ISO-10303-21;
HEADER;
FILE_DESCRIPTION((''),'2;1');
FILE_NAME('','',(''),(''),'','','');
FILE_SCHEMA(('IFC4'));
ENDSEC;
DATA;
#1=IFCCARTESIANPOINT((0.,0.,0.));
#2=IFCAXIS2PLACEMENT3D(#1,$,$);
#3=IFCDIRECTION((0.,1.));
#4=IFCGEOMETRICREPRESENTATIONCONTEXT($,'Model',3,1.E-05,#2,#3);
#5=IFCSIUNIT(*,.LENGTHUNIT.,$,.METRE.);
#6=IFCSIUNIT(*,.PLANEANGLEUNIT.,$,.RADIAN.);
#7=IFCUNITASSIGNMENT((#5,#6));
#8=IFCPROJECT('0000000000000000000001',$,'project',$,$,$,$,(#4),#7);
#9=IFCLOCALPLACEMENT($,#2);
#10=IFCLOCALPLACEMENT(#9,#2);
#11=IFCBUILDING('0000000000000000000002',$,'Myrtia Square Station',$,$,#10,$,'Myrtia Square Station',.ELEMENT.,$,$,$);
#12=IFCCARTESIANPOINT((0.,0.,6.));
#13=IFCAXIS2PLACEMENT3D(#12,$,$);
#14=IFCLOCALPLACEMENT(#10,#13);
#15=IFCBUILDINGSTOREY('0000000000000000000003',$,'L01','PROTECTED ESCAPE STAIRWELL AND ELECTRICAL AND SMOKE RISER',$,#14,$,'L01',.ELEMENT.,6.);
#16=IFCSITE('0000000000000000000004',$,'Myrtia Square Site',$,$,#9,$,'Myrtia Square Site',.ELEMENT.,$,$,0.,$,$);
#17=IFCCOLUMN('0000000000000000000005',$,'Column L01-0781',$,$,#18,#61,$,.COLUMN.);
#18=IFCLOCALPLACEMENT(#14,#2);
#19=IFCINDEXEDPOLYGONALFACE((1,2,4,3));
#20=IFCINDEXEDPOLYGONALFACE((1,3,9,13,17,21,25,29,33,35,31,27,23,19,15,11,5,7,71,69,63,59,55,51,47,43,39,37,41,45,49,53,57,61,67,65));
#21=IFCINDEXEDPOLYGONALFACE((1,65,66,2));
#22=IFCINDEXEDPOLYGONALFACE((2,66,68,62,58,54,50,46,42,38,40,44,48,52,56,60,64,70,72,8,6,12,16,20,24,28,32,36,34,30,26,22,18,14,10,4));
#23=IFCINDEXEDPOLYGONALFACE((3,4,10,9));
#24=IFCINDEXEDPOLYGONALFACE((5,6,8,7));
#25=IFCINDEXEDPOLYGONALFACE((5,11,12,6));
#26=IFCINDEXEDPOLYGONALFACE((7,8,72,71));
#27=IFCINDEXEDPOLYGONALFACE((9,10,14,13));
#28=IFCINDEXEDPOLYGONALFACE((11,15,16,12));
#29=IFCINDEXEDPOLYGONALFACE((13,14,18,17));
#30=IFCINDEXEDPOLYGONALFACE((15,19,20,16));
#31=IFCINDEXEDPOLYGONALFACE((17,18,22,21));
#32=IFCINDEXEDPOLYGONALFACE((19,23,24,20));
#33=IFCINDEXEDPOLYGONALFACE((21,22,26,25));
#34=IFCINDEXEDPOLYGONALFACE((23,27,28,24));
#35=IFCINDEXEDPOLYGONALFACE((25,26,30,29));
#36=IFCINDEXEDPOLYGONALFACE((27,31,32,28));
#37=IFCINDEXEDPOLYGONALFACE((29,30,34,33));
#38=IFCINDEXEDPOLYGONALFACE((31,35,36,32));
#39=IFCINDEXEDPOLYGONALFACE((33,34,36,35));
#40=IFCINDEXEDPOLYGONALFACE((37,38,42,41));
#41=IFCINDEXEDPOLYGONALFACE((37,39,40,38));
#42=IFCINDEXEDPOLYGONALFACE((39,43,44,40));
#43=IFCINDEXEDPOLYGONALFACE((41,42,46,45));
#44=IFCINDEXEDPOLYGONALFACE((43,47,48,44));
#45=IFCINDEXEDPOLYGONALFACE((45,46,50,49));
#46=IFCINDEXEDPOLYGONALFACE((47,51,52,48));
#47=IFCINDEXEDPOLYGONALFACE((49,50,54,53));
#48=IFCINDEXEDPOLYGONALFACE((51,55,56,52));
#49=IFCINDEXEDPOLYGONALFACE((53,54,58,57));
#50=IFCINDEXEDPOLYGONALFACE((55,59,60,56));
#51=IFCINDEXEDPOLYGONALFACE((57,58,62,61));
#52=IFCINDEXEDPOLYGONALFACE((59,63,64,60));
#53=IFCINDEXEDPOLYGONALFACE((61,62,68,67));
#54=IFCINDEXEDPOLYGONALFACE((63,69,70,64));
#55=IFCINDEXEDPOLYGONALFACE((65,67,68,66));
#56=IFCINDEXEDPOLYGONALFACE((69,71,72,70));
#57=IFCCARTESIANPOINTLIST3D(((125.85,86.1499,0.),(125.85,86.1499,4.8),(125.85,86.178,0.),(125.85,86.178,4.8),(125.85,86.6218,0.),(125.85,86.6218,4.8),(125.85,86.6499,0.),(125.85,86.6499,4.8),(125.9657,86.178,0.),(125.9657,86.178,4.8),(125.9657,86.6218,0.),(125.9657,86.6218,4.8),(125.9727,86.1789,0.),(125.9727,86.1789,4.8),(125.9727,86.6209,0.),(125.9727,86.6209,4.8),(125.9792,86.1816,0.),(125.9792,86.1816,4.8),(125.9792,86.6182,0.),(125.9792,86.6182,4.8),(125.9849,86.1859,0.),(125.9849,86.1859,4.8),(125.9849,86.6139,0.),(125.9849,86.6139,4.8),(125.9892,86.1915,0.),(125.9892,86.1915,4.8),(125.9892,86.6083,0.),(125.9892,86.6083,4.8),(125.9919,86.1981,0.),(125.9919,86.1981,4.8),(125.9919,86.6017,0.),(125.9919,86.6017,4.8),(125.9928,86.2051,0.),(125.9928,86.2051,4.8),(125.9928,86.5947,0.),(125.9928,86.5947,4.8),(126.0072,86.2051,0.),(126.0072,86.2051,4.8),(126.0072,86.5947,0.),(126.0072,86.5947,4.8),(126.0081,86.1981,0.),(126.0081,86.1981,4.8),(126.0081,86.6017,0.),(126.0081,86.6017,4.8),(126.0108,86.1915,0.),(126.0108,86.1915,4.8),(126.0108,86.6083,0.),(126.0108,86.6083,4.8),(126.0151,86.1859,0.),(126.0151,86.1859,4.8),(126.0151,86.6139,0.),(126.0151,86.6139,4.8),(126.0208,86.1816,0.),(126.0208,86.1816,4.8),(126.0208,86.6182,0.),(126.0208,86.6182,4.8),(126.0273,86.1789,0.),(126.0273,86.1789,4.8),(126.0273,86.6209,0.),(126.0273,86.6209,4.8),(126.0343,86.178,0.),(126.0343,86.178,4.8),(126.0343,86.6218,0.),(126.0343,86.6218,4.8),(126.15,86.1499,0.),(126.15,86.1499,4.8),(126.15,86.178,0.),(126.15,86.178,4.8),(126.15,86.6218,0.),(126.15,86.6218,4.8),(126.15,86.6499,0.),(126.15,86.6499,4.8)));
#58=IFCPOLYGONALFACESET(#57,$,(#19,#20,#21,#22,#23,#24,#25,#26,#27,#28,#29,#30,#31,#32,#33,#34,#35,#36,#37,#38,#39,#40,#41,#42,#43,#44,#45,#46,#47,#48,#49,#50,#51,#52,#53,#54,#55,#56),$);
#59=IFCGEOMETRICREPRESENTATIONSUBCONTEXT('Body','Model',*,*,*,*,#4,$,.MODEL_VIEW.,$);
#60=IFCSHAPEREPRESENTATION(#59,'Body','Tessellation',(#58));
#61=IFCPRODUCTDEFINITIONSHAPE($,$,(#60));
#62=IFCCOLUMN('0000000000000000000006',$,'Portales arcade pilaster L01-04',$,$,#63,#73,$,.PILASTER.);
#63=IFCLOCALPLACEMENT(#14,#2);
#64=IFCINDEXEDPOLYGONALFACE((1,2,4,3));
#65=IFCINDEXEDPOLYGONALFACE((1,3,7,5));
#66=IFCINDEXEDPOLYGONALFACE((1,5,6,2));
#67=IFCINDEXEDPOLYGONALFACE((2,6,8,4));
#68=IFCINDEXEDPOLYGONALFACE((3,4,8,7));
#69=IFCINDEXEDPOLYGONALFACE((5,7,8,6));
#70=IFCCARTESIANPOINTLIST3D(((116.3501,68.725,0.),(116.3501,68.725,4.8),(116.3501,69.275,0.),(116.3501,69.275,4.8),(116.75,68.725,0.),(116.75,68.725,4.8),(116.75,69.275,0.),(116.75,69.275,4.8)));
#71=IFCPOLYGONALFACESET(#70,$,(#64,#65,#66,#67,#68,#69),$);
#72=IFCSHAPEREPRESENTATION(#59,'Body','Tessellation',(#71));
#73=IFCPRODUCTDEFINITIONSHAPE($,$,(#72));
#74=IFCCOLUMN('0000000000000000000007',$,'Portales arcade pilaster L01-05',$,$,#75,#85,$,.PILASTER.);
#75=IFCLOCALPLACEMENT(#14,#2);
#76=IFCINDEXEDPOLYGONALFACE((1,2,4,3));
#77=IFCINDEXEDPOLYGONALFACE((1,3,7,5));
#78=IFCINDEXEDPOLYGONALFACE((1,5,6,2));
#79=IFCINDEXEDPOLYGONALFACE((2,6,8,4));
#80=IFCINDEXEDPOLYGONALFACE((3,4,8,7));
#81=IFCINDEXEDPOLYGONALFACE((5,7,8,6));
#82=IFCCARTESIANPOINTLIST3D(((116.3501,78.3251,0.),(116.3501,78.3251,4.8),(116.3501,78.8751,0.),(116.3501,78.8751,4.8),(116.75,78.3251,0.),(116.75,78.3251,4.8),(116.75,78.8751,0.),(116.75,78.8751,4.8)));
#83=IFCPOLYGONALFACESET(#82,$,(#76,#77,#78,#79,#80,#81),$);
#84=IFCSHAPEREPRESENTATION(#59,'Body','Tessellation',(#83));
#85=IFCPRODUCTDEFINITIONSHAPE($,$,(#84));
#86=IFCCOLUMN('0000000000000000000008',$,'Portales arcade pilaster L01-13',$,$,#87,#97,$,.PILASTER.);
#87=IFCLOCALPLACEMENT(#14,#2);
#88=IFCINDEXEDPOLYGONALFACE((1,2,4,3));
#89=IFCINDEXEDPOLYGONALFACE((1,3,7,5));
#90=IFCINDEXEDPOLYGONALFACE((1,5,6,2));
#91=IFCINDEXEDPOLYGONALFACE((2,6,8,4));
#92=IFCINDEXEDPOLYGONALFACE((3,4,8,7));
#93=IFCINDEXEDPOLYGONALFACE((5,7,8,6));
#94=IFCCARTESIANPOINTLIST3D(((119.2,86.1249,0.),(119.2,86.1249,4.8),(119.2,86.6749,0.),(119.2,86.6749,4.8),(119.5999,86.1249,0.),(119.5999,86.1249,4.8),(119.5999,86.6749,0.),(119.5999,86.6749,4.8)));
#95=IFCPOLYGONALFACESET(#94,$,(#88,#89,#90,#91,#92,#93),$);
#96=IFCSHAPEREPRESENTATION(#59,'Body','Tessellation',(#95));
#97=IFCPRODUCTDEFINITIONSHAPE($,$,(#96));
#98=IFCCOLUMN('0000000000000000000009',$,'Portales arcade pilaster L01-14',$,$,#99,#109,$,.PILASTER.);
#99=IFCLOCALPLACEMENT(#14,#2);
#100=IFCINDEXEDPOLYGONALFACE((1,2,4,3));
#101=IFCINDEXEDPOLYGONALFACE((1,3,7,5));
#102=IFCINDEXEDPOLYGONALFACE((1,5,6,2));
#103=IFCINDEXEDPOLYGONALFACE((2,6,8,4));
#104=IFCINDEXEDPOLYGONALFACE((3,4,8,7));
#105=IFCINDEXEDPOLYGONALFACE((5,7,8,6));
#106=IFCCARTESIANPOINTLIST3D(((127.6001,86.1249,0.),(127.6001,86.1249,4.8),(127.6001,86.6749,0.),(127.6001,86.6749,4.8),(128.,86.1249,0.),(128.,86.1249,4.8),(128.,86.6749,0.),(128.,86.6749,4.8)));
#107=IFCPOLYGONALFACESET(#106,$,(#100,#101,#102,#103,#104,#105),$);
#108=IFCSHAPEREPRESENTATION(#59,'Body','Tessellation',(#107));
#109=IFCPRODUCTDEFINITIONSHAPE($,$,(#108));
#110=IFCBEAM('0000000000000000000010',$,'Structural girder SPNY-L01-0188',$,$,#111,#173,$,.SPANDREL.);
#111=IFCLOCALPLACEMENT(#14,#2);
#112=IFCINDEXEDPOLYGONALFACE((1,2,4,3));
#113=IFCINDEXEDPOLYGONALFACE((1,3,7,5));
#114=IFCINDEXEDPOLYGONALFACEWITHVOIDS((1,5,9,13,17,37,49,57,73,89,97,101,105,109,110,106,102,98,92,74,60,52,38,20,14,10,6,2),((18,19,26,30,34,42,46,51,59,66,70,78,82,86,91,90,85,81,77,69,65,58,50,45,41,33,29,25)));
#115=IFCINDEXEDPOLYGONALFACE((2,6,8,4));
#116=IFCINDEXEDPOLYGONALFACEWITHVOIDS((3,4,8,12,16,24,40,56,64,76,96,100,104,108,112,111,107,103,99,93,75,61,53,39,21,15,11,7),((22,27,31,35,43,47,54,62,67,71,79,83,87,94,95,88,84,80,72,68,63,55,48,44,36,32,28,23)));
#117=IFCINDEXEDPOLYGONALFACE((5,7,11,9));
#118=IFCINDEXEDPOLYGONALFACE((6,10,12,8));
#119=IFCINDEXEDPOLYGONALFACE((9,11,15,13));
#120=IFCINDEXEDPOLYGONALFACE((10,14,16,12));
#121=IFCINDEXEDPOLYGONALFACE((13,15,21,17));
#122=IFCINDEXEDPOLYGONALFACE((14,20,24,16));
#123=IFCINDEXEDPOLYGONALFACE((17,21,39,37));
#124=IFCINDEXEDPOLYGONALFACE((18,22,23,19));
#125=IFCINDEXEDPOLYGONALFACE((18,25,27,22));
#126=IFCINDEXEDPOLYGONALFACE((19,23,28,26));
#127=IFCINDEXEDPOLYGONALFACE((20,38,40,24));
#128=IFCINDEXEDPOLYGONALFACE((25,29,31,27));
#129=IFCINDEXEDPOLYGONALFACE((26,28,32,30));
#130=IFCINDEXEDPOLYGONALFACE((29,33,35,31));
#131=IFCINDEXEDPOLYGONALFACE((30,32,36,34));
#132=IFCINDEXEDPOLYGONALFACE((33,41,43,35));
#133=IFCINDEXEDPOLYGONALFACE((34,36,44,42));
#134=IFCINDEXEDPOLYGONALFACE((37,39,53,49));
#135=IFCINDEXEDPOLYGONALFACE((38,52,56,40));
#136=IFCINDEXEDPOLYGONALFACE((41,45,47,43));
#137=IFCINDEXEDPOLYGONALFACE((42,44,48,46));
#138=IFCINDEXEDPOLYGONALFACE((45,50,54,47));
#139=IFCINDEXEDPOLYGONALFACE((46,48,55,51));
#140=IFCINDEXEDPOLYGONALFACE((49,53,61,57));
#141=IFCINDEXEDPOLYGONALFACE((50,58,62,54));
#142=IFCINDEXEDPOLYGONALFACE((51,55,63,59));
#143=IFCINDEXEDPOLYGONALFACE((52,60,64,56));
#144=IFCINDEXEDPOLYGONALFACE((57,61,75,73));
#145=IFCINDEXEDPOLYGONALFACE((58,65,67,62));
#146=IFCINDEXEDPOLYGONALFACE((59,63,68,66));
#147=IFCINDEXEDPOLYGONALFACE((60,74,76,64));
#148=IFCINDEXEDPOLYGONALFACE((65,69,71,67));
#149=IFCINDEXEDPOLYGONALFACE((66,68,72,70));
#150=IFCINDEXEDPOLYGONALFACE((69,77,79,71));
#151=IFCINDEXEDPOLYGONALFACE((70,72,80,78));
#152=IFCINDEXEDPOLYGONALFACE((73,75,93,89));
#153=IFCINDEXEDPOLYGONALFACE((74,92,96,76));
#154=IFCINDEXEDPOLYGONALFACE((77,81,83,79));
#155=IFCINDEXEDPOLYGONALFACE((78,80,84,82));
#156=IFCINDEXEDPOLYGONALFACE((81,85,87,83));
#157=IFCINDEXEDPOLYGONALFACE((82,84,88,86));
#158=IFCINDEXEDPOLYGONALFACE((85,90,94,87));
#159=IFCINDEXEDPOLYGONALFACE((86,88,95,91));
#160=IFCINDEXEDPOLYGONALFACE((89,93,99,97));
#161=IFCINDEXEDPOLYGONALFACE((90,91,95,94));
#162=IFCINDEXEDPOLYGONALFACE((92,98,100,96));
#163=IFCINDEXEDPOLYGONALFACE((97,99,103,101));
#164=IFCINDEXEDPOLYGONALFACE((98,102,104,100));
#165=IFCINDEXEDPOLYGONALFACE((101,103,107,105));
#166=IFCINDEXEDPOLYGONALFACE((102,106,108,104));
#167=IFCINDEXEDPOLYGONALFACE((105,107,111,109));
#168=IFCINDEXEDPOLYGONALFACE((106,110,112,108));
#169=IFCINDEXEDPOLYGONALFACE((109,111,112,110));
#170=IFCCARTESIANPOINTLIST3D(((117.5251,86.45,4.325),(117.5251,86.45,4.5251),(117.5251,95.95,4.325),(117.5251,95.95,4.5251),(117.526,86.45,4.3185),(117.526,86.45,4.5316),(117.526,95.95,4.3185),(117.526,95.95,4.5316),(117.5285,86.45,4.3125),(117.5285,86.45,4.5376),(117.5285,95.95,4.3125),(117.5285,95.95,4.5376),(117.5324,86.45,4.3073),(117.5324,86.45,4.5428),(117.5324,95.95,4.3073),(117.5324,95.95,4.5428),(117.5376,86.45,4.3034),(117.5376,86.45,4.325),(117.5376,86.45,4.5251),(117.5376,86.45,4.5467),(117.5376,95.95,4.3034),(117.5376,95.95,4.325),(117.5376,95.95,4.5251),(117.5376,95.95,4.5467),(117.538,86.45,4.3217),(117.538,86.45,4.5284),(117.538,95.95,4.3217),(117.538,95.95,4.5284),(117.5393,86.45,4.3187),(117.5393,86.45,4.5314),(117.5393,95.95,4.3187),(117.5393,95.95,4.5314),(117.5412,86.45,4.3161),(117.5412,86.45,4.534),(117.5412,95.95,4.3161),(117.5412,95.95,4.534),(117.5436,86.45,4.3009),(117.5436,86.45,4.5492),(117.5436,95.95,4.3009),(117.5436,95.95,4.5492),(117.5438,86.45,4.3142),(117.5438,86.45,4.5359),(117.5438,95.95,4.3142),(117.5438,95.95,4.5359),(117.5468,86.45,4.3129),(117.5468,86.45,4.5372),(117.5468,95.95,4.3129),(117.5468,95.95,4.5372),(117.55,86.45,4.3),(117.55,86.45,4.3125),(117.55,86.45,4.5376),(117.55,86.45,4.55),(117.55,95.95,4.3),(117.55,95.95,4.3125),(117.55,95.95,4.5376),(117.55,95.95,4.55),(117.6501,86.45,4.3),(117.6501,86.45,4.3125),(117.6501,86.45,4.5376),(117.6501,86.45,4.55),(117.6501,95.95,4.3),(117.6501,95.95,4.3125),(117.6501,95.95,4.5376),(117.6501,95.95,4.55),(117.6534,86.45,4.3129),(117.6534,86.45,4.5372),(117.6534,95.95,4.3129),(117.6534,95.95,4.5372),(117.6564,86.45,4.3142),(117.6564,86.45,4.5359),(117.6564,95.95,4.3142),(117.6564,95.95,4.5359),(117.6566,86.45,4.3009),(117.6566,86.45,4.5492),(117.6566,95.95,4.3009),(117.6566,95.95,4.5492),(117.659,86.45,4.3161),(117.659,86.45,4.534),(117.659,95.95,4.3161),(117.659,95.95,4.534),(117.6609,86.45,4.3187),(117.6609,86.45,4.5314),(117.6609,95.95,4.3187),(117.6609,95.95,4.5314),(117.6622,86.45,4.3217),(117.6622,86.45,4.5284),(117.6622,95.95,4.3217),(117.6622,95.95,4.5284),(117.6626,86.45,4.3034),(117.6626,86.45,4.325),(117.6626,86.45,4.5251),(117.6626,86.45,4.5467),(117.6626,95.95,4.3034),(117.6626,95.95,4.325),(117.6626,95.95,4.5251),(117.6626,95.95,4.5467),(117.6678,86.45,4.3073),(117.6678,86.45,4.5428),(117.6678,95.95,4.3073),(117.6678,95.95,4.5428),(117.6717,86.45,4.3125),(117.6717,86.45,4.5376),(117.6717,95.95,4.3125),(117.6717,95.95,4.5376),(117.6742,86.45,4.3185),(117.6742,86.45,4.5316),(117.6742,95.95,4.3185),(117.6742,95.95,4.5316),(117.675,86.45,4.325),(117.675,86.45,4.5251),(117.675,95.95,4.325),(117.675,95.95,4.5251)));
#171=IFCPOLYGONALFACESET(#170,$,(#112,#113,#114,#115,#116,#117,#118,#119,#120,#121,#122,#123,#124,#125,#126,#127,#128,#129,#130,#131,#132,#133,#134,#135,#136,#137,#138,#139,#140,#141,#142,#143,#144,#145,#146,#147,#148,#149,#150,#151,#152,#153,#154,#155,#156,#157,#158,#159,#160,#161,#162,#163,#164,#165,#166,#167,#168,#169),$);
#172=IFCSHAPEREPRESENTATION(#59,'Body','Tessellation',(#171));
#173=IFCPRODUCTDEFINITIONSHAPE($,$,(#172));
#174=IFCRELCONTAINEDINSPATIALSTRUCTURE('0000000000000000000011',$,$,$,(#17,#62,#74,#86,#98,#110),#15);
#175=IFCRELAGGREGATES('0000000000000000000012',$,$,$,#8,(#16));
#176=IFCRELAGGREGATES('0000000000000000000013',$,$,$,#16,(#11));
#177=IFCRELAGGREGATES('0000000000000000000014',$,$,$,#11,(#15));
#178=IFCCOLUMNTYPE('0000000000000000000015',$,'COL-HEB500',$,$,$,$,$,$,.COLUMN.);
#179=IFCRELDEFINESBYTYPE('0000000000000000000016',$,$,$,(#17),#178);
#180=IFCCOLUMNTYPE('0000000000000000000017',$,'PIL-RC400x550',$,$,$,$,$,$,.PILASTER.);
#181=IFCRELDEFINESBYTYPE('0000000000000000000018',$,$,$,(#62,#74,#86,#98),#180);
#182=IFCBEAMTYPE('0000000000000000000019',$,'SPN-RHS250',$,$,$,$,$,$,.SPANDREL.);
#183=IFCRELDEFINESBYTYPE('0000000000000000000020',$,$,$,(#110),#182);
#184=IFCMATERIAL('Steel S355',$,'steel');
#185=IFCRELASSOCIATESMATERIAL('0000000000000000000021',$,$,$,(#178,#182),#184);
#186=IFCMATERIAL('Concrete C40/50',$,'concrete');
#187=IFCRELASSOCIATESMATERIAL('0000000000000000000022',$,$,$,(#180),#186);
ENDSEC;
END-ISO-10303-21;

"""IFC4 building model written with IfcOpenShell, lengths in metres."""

from ifc_helpers import new_model, si_unit, direction, frame, origin, origin_2d, place, context, subcontext, project, spatial, rectangle, hollow_rectangle, i_section, extrude, material, material_profile, profile_set, type_object, element, save


model = new_model("IFC4")

# Units and contexts
model_context = context("Model", 3, precision=1e-05, world=origin(), true_north=direction((0.0, 1.0)))
body_context = subcontext(model_context, "Body", "Model", "MODEL_VIEW")
ifc_project = project(units=[si_unit("LENGTHUNIT", "METRE"), si_unit("PLANEANGLEUNIT", "RADIAN")], contexts=[model_context])

# Site, building, storey
site_placement = place(None, origin())
site = spatial("IfcSite", under=ifc_project, at=site_placement, Name="Myrtia Square Site", LongName="Myrtia Square Site", CompositionType="ELEMENT", RefElevation=0.0)
building_placement = place(site_placement, origin())
building = spatial("IfcBuilding", under=site, at=building_placement, Name="Myrtia Square Station", LongName="Myrtia Square Station", CompositionType="ELEMENT")
storey_placement = place(building_placement, frame((0.0, 0.0, 6.0)))
storey = spatial("IfcBuildingStorey", under=building, at=storey_placement, Name="L01", Description="PROTECTED ESCAPE STAIRWELL AND ELECTRICAL AND SMOKE RISER", LongName="L01", CompositionType="ELEMENT", Elevation=6.0)

# Columns
ifc_material_1 = material(Name="Steel S355", Category="steel")
ifc_material_profile_1 = material_profile(ifc_material_1, i_section(OverallWidth=0.3, OverallDepth=0.5, WebThickness=0.0144, FlangeThickness=0.0281, FilletRadius=0.0271, at=origin_2d()), Name="HEB 500")
ifc_profile_set_1 = profile_set([ifc_material_profile_1], Name="Steel S355")
column_type_1 = type_object("IfcColumnType", Name="COL-HEB500", PredefinedType="COLUMN", material=ifc_profile_set_1)
for number, where, z_axis, x_axis, name in (
    (1, (126.0, 86.3999, 0.0), (0.0, 0.0, 1.0), (1.0, 0.0, 0.0), "Column L01-0781"),
):
    element("IfcColumn", number, at=place(storey_placement, frame(where, z_axis=z_axis, x_axis=x_axis)), inside=storey, type_object=column_type_1, Name=name, PredefinedType="COLUMN", context=body_context, shape_type="SweptSolid", body=[
        extrude(i_section(OverallWidth=0.3, OverallDepth=0.5, WebThickness=0.0144, FlangeThickness=0.0281, FilletRadius=0.0271, at=origin_2d()), origin(), (0.0, 0.0, 1.0), 4.8),
    ])
ifc_material_2 = material(Name="Concrete C40/50", Category="concrete")
ifc_material_profile_2 = material_profile(ifc_material_2, rectangle(XDim=0.3999, YDim=0.55, at=origin_2d()), Name="PIL 400x550")
ifc_profile_set_2 = profile_set([ifc_material_profile_2], Name="Concrete C40/50")
column_type_2 = type_object("IfcColumnType", Name="PIL-RC400x550", PredefinedType="PILASTER", material=ifc_profile_set_2)
for number, where, z_axis, x_axis, name in (
    (2, (116.55, 69.0, 0.0), (0.0, 0.0, 1.0), (1.0, 0.0, 0.0), "Portales arcade pilaster L01-04"),
    (3, (116.55, 78.6001, 0.0), (0.0, 0.0, 1.0), (1.0, 0.0, 0.0), "Portales arcade pilaster L01-05"),
    (4, (119.3999, 86.3999, 0.0), (0.0, 0.0, 1.0), (1.0, 0.0, 0.0), "Portales arcade pilaster L01-13"),
    (5, (127.8, 86.3999, 0.0), (0.0, 0.0, 1.0), (1.0, 0.0, 0.0), "Portales arcade pilaster L01-14"),
):
    element("IfcColumn", number, at=place(storey_placement, frame(where, z_axis=z_axis, x_axis=x_axis)), inside=storey, type_object=column_type_2, Name=name, PredefinedType="PILASTER", context=body_context, shape_type="SweptSolid", body=[
        extrude(rectangle(XDim=0.3999, YDim=0.55, at=origin_2d()), origin(), (0.0, 0.0, 1.0), 4.8),
    ])

# Beam
ifc_material_profile_3 = material_profile(ifc_material_1, hollow_rectangle(XDim=0.1499, YDim=0.25, WallThickness=0.0125, InnerFilletRadius=0.0125, OuterFilletRadius=0.0249, at=origin_2d()), Name="RHS 250x150x12.5")
ifc_profile_set_3 = profile_set([ifc_material_profile_3], Name="Steel S355")
beam_type_1 = type_object("IfcBeamType", Name="SPN-RHS250", PredefinedType="SPANDREL", material=ifc_profile_set_3)
beam_1_placement = place(storey_placement, frame((117.6001, 86.45, 4.425), z_axis=(0.0, 1.0, 0.0), x_axis=(-1.0, 0.0, 0.0)))
element("IfcBeam", 6, at=beam_1_placement, inside=storey, type_object=beam_type_1, Name="Structural girder SPNY-L01-0188", PredefinedType="SPANDREL", context=body_context, shape_type="SweptSolid", body=[
    extrude(hollow_rectangle(XDim=0.1499, YDim=0.25, WallThickness=0.0125, InnerFilletRadius=0.0125, OuterFilletRadius=0.0249, at=origin_2d()), origin(), (0.0, 0.0, 1.0), 9.5),
])

save(model, "model.ifc")
